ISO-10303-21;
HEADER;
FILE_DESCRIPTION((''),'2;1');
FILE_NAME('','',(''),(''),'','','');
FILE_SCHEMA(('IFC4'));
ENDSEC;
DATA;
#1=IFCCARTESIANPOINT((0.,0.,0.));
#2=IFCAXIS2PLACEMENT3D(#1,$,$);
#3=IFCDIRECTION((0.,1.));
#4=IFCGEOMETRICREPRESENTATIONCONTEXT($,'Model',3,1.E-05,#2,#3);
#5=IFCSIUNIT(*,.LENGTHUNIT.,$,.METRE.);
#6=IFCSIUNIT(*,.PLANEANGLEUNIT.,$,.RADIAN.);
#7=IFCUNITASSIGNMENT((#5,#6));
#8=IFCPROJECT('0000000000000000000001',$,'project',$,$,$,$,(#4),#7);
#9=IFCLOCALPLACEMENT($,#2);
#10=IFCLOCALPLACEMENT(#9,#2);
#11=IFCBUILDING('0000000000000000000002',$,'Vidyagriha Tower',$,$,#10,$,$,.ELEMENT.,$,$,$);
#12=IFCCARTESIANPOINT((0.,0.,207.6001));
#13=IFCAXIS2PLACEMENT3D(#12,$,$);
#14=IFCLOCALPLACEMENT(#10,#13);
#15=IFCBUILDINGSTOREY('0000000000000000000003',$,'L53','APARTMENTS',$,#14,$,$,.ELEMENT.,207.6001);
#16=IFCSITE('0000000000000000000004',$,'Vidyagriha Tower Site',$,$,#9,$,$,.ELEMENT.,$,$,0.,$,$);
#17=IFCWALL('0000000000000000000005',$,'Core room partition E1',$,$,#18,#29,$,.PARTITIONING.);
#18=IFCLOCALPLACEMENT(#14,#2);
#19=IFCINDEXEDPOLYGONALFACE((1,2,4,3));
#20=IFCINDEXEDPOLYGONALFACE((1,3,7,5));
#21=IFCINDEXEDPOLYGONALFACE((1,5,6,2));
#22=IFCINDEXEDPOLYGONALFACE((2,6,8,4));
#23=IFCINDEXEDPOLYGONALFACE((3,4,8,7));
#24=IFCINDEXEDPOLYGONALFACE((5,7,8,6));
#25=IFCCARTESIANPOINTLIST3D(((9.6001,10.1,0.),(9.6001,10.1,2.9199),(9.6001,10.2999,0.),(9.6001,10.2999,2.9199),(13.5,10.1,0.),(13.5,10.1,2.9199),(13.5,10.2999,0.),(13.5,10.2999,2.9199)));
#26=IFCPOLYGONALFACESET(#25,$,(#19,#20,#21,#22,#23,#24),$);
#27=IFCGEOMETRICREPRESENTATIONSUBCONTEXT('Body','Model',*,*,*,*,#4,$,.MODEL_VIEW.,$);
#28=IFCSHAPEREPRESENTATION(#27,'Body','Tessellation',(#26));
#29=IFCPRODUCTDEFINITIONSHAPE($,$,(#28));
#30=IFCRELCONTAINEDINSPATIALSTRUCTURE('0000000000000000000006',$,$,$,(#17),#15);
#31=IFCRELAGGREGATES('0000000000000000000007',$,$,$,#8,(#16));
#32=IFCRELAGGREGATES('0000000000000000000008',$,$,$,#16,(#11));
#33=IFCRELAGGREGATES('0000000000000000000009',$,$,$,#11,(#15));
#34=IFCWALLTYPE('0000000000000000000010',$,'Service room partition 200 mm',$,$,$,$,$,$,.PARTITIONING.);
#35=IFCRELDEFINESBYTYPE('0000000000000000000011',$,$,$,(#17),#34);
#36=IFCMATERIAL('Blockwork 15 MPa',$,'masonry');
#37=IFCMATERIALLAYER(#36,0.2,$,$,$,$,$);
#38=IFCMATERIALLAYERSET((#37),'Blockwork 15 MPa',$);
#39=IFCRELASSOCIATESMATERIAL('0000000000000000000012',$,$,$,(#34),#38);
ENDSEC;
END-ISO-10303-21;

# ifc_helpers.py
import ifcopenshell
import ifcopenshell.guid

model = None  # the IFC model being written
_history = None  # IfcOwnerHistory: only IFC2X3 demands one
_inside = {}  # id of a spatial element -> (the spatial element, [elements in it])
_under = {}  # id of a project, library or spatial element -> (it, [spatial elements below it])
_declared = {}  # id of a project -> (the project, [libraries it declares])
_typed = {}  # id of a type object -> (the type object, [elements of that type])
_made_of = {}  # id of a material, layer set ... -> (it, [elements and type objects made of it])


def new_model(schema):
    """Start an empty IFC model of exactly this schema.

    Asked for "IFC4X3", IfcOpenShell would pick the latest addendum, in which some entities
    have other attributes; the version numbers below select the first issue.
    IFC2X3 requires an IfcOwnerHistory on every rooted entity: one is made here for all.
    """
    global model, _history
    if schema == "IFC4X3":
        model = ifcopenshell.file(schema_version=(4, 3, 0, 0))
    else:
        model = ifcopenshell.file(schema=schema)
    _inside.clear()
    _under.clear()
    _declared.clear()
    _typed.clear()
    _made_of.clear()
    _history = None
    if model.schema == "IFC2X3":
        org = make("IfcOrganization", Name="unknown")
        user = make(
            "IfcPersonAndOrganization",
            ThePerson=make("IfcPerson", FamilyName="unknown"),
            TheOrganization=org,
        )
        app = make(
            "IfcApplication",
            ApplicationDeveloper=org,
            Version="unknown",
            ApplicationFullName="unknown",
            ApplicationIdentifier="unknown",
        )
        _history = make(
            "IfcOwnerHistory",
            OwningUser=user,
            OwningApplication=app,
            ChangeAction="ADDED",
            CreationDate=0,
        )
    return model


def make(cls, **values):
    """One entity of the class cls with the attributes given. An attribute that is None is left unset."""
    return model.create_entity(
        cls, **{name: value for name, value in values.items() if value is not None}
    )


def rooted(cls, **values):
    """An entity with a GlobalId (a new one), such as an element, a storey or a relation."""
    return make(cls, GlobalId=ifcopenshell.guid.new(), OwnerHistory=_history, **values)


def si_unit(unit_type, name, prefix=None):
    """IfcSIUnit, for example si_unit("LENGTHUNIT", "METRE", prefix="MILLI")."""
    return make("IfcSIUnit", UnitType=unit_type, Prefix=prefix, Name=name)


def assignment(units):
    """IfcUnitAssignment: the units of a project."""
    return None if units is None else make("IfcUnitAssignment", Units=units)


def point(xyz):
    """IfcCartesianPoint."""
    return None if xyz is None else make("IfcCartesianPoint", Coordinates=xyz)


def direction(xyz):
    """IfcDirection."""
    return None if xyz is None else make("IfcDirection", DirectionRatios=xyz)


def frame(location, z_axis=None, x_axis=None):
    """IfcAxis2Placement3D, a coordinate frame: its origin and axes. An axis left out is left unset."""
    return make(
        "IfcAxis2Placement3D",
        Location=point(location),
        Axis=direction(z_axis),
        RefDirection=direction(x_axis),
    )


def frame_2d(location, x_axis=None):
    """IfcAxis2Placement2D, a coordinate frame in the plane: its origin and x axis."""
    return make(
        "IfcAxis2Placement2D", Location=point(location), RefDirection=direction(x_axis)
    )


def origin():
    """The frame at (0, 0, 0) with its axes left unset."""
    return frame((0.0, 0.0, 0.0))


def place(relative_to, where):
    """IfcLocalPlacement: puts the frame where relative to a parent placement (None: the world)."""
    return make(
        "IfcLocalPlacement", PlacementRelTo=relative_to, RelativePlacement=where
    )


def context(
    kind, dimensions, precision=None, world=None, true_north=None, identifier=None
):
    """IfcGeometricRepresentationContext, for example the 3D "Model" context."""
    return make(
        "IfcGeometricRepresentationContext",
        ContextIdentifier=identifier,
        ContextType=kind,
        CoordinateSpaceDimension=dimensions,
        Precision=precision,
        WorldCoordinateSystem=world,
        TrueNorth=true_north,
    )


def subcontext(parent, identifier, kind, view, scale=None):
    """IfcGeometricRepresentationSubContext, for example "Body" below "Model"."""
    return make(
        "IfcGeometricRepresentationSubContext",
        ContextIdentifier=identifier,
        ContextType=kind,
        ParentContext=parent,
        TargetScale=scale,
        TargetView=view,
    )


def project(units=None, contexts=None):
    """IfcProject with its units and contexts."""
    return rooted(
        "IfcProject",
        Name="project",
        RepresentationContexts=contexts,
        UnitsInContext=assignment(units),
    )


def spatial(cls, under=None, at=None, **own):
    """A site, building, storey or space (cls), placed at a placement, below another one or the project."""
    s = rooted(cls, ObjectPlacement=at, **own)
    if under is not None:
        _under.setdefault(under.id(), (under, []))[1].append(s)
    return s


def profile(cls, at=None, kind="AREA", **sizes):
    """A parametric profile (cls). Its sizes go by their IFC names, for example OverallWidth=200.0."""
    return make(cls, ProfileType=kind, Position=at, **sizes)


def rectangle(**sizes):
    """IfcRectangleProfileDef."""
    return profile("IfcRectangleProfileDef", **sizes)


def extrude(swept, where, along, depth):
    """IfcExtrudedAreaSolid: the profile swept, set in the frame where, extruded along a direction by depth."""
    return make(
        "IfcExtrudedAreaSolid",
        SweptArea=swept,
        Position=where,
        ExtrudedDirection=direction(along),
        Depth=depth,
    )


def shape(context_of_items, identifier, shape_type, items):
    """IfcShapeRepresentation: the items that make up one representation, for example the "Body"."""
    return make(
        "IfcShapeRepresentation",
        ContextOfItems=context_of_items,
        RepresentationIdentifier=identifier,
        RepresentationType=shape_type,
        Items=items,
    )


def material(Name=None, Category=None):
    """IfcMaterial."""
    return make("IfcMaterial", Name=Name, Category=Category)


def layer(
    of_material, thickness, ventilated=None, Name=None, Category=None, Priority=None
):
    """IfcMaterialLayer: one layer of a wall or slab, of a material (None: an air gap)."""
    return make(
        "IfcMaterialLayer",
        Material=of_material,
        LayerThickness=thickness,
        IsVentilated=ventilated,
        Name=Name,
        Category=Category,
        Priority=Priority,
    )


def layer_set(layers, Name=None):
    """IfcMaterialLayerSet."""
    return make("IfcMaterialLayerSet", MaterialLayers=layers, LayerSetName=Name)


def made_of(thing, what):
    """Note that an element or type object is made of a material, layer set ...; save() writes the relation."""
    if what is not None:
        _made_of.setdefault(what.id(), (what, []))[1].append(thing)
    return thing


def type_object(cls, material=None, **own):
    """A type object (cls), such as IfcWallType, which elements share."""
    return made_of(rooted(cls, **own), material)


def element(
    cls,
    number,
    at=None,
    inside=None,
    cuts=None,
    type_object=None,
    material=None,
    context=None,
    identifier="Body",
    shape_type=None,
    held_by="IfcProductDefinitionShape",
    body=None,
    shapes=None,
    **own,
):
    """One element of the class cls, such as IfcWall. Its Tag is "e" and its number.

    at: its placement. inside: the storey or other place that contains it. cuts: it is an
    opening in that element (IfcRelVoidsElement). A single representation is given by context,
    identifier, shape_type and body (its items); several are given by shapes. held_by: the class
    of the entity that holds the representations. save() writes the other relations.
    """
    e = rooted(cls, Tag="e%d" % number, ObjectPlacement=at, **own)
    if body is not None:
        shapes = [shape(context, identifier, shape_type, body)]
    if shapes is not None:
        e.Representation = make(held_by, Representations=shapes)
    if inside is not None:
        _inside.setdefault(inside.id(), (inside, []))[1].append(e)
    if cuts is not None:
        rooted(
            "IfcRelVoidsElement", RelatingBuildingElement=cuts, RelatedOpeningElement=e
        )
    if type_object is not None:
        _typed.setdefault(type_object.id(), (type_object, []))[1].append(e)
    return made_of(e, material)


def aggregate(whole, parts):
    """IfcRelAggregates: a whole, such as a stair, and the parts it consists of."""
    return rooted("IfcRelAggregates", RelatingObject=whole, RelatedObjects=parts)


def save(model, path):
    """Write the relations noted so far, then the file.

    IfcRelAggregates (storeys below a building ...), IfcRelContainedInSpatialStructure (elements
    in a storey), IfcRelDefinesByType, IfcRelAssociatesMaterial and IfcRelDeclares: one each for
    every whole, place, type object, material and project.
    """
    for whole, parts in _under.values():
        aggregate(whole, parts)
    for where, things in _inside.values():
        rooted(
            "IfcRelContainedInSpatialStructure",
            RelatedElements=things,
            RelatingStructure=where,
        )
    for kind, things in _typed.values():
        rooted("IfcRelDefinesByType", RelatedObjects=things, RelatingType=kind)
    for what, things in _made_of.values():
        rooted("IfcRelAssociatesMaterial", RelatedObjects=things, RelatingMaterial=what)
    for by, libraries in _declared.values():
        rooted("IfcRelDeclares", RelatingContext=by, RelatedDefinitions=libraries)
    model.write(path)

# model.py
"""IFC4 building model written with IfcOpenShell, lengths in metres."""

from ifc_helpers import new_model, si_unit, direction, frame, frame_2d, origin, place, context, subcontext, project, spatial, rectangle, extrude, material, layer, layer_set, type_object, element, save


model = new_model("IFC4")

# Units and contexts
model_context = context("Model", 3, precision=1e-05, world=origin(), true_north=direction((0.0, 1.0)))
body_context = subcontext(model_context, "Body", "Model", "MODEL_VIEW")
ifc_project = project(units=[si_unit("LENGTHUNIT", "METRE"), si_unit("PLANEANGLEUNIT", "RADIAN")], contexts=[model_context])

# Site, building, storey
site_placement = place(None, origin())
site = spatial("IfcSite", under=ifc_project, at=site_placement, Name="Vidyagriha Tower Site", CompositionType="ELEMENT", RefElevation=0.0)
building_placement = place(site_placement, origin())
building = spatial("IfcBuilding", under=site, at=building_placement, Name="Vidyagriha Tower", CompositionType="ELEMENT")
storey_placement = place(building_placement, frame((0.0, 0.0, 207.6001)))
storey = spatial("IfcBuildingStorey", under=building, at=storey_placement, Name="L53", Description="APARTMENTS", CompositionType="ELEMENT", Elevation=207.6001)

# Wall
ifc_material_1 = material(Name="Blockwork 15 MPa", Category="masonry")
ifc_layer_1 = layer(ifc_material_1, 0.2)
ifc_layer_set_1 = layer_set([ifc_layer_1], Name="Blockwork 15 MPa")
wall_type_1 = type_object("IfcWallType", Name="Service room partition 200 mm", PredefinedType="PARTITIONING", material=ifc_layer_set_1)
wall_1_placement = place(storey_placement, frame((9.6001, 10.2, 0.0)))
element("IfcWall", 1, at=wall_1_placement, inside=storey, type_object=wall_type_1, Name="Core room partition E1", PredefinedType="PARTITIONING", context=body_context, shape_type="SweptSolid", body=[
    extrude(rectangle(XDim=3.8999, YDim=0.2, at=frame_2d((1.95, 0.0))), origin(), (0.0, 0.0, 1.0), 2.9199),
])

save(model, "model.ifc")
